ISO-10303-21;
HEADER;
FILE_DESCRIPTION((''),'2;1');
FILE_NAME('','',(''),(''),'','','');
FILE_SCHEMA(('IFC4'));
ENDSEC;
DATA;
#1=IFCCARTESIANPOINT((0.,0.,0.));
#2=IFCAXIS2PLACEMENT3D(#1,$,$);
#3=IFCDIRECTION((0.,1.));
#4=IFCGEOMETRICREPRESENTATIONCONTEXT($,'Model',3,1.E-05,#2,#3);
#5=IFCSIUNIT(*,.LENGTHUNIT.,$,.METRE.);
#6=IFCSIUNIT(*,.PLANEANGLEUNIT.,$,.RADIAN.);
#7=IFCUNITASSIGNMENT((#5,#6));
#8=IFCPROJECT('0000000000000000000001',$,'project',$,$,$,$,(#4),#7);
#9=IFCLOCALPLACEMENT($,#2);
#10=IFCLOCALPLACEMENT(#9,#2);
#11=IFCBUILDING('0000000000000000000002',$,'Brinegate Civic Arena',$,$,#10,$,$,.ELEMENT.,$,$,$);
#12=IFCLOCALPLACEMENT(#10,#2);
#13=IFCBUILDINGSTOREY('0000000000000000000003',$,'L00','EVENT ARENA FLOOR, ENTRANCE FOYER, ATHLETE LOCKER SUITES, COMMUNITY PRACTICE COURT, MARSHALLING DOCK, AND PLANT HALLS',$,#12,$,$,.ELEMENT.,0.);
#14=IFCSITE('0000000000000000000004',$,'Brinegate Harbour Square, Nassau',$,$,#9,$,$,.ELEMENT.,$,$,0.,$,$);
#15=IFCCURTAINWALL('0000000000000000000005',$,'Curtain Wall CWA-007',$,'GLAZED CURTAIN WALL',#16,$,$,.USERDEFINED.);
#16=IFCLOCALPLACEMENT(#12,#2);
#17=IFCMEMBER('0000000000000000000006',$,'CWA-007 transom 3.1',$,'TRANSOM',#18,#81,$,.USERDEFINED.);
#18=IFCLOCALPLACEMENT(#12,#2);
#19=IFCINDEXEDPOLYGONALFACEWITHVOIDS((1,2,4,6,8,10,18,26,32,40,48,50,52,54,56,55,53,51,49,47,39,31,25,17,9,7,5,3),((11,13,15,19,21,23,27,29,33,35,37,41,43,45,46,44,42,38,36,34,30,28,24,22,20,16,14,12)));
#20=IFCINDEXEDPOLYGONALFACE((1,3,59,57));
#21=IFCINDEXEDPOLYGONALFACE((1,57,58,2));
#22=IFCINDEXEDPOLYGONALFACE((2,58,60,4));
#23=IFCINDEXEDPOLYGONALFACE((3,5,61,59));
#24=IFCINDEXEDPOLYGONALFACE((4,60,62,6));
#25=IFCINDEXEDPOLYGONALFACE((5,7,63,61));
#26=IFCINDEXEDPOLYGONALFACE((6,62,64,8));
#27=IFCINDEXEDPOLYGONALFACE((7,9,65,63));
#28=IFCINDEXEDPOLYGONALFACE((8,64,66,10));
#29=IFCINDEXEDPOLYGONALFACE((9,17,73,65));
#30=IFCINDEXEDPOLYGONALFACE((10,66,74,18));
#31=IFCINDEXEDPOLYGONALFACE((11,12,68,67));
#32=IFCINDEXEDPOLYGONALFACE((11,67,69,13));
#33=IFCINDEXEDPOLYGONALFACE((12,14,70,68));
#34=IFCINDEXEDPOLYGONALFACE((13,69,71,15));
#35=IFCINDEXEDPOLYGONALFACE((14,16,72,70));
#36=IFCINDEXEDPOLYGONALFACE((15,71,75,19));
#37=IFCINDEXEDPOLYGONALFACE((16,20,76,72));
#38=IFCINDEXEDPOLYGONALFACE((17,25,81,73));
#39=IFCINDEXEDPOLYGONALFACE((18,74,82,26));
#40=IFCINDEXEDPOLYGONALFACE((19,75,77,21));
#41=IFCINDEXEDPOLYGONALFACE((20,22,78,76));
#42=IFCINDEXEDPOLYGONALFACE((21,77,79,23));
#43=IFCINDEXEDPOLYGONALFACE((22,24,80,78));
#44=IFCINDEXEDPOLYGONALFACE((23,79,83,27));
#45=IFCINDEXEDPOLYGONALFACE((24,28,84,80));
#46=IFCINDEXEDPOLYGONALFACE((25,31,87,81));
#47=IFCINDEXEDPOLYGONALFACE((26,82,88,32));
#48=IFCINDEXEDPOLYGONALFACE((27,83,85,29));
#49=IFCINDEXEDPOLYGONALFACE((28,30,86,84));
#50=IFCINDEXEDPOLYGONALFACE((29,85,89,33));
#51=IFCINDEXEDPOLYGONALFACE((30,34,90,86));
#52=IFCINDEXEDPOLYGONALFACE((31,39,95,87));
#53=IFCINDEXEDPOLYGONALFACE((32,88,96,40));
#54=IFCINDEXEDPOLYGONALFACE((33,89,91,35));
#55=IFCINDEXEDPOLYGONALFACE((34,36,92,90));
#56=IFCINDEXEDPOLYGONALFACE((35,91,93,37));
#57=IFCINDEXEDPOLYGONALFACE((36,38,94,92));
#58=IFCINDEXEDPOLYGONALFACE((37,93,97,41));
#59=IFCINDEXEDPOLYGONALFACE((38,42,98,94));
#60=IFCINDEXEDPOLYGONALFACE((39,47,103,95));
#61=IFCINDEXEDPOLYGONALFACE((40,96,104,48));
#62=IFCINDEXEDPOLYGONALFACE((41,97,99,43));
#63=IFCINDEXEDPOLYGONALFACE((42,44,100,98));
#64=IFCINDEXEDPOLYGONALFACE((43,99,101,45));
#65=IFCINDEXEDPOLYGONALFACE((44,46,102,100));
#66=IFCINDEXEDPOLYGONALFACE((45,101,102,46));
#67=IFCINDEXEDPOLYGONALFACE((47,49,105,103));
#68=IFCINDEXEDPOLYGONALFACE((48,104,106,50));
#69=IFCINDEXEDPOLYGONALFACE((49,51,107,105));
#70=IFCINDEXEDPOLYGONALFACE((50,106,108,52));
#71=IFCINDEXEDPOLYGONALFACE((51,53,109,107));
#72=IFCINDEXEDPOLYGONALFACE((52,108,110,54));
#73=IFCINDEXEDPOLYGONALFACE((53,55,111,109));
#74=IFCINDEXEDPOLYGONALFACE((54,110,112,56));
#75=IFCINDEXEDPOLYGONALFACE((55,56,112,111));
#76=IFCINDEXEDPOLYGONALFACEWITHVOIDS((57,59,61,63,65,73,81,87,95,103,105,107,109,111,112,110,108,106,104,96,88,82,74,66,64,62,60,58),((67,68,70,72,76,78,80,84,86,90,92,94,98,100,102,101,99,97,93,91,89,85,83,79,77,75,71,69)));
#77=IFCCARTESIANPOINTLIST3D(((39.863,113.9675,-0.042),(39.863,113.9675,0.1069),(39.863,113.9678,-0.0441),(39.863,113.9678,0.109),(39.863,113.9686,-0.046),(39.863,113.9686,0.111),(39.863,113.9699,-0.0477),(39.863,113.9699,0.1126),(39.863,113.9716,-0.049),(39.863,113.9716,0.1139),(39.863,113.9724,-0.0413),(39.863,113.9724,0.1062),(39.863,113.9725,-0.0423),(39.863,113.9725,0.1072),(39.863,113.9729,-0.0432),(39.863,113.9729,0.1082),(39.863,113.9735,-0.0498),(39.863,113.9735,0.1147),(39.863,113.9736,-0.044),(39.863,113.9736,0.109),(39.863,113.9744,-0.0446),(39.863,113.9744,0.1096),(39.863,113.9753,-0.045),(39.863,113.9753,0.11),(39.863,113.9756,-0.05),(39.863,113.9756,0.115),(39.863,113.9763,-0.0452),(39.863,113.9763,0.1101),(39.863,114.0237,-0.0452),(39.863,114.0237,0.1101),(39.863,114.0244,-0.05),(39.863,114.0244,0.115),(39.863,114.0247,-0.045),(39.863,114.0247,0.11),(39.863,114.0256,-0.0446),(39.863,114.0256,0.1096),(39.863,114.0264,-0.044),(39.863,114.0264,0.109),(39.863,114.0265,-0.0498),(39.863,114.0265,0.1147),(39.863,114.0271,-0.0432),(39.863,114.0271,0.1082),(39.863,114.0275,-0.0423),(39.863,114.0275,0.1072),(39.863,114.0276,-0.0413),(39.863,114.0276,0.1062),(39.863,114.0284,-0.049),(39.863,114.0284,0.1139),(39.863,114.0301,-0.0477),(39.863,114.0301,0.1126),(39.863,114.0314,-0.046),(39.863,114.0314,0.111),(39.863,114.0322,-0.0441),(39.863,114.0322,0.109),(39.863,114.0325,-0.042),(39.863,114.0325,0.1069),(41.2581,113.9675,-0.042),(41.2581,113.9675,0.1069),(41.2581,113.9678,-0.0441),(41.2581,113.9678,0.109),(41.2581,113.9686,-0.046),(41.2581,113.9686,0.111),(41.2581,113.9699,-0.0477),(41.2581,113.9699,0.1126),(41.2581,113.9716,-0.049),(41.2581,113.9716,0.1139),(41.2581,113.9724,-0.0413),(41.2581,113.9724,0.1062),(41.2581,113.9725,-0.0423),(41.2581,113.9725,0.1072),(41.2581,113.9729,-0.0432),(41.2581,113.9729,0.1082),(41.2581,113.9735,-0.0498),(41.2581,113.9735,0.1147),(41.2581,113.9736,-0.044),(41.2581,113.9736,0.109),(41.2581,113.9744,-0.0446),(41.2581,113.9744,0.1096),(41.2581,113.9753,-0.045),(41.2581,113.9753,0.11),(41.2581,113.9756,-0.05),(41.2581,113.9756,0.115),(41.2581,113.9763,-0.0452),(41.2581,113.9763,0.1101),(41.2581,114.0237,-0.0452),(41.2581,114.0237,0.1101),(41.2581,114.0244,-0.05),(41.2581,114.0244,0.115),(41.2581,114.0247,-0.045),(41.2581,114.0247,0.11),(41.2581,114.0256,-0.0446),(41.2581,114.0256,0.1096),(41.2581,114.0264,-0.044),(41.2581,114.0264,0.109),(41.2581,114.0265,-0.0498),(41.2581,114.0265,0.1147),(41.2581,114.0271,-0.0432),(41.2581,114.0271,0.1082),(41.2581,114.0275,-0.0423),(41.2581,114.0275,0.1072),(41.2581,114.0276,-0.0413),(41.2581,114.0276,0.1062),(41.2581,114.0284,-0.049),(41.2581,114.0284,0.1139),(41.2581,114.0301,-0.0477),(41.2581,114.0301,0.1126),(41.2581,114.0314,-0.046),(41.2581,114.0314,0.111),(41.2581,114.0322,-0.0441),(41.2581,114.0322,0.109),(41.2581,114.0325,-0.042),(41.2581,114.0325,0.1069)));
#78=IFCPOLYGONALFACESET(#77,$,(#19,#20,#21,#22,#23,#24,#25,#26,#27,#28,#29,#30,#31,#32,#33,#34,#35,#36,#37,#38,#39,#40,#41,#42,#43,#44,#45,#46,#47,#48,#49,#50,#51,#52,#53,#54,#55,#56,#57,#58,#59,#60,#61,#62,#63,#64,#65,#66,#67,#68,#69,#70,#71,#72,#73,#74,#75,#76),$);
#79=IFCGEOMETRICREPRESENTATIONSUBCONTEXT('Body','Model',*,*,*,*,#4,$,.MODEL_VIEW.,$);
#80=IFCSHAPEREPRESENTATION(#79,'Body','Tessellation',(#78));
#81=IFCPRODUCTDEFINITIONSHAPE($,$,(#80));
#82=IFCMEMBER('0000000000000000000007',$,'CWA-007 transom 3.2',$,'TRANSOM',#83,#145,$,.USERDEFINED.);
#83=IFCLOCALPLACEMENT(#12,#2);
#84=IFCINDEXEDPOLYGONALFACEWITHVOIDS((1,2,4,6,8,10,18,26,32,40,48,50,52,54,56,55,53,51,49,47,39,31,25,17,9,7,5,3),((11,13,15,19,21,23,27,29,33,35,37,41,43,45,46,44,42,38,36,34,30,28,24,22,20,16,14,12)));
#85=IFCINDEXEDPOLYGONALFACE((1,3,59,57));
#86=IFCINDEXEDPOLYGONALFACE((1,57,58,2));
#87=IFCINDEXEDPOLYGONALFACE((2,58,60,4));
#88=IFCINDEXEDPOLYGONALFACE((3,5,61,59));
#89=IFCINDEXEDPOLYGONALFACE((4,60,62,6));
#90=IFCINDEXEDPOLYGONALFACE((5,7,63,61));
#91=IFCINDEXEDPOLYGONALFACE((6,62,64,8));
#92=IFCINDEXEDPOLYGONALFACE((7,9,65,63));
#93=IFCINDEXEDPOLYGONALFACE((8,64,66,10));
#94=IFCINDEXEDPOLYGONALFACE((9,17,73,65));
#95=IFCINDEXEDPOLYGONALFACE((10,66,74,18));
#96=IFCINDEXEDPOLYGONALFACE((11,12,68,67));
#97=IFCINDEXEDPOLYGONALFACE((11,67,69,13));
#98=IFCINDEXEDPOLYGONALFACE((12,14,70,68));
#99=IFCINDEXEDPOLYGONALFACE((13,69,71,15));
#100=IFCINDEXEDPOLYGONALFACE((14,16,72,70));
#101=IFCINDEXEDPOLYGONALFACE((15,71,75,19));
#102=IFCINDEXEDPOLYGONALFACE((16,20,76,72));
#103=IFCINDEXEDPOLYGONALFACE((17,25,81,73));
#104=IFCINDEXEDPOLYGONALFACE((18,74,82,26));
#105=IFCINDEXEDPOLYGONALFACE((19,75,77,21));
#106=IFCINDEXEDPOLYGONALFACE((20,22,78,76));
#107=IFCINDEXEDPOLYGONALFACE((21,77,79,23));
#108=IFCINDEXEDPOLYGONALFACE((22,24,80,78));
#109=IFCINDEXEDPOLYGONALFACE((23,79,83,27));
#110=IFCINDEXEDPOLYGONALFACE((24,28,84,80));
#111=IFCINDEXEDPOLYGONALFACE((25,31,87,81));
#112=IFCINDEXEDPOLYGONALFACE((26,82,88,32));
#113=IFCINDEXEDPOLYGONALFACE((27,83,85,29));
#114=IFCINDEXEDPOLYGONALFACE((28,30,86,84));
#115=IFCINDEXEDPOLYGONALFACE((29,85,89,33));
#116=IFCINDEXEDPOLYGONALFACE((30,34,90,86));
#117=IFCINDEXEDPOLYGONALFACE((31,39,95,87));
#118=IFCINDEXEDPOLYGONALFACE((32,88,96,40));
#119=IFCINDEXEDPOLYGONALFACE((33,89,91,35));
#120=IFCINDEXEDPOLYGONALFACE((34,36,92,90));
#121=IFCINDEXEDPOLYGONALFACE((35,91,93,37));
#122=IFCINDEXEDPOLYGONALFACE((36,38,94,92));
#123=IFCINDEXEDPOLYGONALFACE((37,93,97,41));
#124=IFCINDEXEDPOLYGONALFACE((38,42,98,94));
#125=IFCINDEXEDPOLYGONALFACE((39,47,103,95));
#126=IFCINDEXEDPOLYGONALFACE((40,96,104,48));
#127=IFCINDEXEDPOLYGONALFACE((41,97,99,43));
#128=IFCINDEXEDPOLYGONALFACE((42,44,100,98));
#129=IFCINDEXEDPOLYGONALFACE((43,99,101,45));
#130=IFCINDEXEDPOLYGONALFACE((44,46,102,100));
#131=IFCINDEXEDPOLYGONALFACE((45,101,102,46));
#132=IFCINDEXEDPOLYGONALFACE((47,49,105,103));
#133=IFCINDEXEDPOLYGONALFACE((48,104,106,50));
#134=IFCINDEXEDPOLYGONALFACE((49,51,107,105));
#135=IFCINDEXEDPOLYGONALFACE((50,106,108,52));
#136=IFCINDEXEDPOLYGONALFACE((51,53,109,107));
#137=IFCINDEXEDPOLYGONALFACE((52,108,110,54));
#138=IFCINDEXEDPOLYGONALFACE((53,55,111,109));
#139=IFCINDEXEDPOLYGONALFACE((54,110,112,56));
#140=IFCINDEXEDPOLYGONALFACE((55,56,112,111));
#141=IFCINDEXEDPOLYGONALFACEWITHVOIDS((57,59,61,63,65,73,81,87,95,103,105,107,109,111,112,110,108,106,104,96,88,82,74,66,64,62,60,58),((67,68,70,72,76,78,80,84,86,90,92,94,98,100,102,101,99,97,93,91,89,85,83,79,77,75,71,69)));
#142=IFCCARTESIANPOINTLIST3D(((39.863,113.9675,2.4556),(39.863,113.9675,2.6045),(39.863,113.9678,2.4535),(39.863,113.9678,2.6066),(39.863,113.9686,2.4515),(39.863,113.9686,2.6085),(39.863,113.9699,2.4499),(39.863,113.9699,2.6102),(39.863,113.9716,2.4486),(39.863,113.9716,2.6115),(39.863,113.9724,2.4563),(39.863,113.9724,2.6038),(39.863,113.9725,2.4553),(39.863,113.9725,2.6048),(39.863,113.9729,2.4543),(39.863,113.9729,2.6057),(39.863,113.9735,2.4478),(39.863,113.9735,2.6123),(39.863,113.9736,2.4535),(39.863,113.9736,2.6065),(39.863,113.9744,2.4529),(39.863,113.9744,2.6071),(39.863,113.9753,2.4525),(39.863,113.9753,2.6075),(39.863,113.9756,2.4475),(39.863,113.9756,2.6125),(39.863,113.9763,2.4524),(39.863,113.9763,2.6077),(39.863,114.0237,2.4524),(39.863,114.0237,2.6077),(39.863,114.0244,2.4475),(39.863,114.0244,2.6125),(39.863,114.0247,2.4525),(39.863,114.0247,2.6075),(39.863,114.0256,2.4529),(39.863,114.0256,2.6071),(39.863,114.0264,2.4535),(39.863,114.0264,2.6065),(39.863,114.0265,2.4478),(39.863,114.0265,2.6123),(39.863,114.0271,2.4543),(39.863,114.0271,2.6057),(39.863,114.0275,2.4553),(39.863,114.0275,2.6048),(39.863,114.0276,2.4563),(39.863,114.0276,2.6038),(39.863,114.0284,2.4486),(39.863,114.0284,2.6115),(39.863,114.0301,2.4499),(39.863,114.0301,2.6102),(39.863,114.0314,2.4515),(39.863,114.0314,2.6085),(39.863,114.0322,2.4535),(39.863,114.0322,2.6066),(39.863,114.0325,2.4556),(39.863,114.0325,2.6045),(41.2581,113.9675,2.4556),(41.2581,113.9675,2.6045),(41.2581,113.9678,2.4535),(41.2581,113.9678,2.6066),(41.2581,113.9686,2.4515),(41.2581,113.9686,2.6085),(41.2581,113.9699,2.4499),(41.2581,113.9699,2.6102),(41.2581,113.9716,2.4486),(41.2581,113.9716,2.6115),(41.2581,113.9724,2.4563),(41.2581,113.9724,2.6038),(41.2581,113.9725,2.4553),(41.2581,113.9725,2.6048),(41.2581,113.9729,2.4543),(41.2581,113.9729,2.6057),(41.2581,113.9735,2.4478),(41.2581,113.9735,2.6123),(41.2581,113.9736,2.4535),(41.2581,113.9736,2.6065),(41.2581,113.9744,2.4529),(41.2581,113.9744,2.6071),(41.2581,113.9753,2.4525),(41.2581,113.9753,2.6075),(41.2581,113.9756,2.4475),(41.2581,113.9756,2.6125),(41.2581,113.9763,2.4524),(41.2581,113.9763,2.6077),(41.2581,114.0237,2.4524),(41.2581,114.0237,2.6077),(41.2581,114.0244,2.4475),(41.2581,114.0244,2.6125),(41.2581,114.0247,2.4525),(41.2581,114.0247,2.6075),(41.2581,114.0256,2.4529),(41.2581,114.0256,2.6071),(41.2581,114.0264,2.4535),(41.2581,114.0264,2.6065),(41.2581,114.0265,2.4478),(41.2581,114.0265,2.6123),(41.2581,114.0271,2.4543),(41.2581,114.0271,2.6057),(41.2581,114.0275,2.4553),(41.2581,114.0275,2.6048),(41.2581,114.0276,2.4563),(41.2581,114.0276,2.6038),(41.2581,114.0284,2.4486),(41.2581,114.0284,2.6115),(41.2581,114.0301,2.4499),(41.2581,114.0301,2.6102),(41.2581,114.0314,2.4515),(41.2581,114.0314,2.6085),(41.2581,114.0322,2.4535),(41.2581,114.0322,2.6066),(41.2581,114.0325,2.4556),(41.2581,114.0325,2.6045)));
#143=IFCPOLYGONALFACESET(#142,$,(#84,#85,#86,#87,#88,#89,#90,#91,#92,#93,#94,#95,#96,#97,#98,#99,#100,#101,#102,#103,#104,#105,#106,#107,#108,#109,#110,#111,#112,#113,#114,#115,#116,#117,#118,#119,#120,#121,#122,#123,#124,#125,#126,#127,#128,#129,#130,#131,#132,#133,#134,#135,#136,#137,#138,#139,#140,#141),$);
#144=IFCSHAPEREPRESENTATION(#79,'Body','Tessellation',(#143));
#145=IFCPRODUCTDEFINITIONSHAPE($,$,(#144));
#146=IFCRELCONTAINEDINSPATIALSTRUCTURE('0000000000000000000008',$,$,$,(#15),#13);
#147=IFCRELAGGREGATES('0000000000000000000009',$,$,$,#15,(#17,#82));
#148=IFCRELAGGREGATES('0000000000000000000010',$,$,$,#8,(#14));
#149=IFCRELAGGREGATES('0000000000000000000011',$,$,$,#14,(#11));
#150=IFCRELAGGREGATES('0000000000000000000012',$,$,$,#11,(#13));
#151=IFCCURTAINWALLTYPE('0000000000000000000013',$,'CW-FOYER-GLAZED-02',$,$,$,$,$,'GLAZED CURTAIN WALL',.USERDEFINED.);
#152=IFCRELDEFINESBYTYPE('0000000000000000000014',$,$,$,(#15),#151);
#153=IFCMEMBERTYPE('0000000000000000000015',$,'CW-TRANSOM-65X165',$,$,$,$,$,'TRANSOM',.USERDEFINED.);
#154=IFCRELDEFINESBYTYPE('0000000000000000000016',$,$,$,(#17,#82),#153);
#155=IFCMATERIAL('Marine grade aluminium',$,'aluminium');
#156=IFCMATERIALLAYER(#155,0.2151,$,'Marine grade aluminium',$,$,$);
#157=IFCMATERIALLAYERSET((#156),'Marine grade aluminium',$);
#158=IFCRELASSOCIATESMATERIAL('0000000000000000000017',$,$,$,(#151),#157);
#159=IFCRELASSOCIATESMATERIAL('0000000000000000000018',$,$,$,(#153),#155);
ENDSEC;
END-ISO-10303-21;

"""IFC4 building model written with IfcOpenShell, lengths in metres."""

from ifc_helpers import new_model, si_unit, direction, frame, origin, origin_2d, place, context, subcontext, project, spatial, hollow_rectangle, extrude, material, layer, layer_set, material_profile, profile_set, type_object, element, aggregate, save


model = new_model("IFC4")

# Units and contexts
model_context = context("Model", 3, precision=1e-05, world=origin(), true_north=direction((0.0, 1.0)))
body_context = subcontext(model_context, "Body", "Model", "MODEL_VIEW")
ifc_project = project(units=[si_unit("LENGTHUNIT", "METRE"), si_unit("PLANEANGLEUNIT", "RADIAN")], contexts=[model_context])

# Site, building, storey
site_placement = place(None, origin())
site = spatial("IfcSite", under=ifc_project, at=site_placement, Name="Brinegate Harbour Square, Nassau", CompositionType="ELEMENT", RefElevation=0.0)
building_placement = place(site_placement, origin())
building = spatial("IfcBuilding", under=site, at=building_placement, Name="Brinegate Civic Arena", CompositionType="ELEMENT")
storey_placement = place(building_placement, origin())
storey = spatial("IfcBuildingStorey", under=building, at=storey_placement, Name="L00", Description="EVENT ARENA FLOOR, ENTRANCE FOYER, ATHLETE LOCKER SUITES, COMMUNITY PRACTICE COURT, MARSHALLING DOCK, AND PLANT HALLS", CompositionType="ELEMENT", Elevation=0.0)

# Curtain wall, members
ifc_material_1 = material(Name="Marine grade aluminium", Category="aluminium")
ifc_layer_1 = layer(ifc_material_1, 0.2151, Name="Marine grade aluminium")
ifc_layer_set_1 = layer_set([ifc_layer_1], Name="Marine grade aluminium")
curtain_wall_type = type_object("IfcCurtainWallType", Name="CW-FOYER-GLAZED-02", ElementType="GLAZED CURTAIN WALL", PredefinedType="USERDEFINED", material=ifc_layer_set_1)
curtain_wall_placement = place(storey_placement, origin())
curtain_wall = element("IfcCurtainWall", 1, at=curtain_wall_placement, inside=storey, type_object=curtain_wall_type, Name="Curtain Wall CWA-007", ObjectType="GLAZED CURTAIN WALL", PredefinedType="USERDEFINED")
ifc_material_profile_1 = material_profile(ifc_material_1, hollow_rectangle(XDim=0.0649, YDim=0.165, WallThickness=0.0049, InnerFilletRadius=0.0039, OuterFilletRadius=0.0081, at=origin_2d()), Name="TRN65X165")
ifc_profile_set_1 = profile_set([ifc_material_profile_1], Name="Marine grade aluminium")
member_type_1 = type_object("IfcMemberType", Name="CW-TRANSOM-65X165", ElementType="TRANSOM", PredefinedType="USERDEFINED", material=ifc_profile_set_1)
member_1_placement = place(storey_placement, frame((39.863, 114.0, 0.0325), z_axis=(1.0, 0.0, 0.0), x_axis=(0.0, 1.0, 0.0)))
member_1 = element("IfcMember", 2, at=member_1_placement, type_object=member_type_1, Name="CWA-007 transom 3.1", ObjectType="TRANSOM", PredefinedType="USERDEFINED", context=body_context, shape_type="SweptSolid", body=[
    extrude(hollow_rectangle(XDim=0.0649, YDim=0.165, WallThickness=0.0049, InnerFilletRadius=0.0039, OuterFilletRadius=0.0081, at=origin_2d()), origin(), (0.0, 0.0, 1.0), 1.395),
])
member_2_placement = place(storey_placement, frame((39.863, 114.0, 2.53), z_axis=(1.0, 0.0, 0.0), x_axis=(0.0, 1.0, 0.0)))
member_2 = element("IfcMember", 3, at=member_2_placement, type_object=member_type_1, Name="CWA-007 transom 3.2", ObjectType="TRANSOM", PredefinedType="USERDEFINED", context=body_context, shape_type="SweptSolid", body=[
    extrude(hollow_rectangle(XDim=0.0649, YDim=0.165, WallThickness=0.0049, InnerFilletRadius=0.0039, OuterFilletRadius=0.0081, at=origin_2d()), origin(), (0.0, 0.0, 1.0), 1.395),
])
aggregate(curtain_wall, [member_1, member_2])

save(model, "model.ifc")
